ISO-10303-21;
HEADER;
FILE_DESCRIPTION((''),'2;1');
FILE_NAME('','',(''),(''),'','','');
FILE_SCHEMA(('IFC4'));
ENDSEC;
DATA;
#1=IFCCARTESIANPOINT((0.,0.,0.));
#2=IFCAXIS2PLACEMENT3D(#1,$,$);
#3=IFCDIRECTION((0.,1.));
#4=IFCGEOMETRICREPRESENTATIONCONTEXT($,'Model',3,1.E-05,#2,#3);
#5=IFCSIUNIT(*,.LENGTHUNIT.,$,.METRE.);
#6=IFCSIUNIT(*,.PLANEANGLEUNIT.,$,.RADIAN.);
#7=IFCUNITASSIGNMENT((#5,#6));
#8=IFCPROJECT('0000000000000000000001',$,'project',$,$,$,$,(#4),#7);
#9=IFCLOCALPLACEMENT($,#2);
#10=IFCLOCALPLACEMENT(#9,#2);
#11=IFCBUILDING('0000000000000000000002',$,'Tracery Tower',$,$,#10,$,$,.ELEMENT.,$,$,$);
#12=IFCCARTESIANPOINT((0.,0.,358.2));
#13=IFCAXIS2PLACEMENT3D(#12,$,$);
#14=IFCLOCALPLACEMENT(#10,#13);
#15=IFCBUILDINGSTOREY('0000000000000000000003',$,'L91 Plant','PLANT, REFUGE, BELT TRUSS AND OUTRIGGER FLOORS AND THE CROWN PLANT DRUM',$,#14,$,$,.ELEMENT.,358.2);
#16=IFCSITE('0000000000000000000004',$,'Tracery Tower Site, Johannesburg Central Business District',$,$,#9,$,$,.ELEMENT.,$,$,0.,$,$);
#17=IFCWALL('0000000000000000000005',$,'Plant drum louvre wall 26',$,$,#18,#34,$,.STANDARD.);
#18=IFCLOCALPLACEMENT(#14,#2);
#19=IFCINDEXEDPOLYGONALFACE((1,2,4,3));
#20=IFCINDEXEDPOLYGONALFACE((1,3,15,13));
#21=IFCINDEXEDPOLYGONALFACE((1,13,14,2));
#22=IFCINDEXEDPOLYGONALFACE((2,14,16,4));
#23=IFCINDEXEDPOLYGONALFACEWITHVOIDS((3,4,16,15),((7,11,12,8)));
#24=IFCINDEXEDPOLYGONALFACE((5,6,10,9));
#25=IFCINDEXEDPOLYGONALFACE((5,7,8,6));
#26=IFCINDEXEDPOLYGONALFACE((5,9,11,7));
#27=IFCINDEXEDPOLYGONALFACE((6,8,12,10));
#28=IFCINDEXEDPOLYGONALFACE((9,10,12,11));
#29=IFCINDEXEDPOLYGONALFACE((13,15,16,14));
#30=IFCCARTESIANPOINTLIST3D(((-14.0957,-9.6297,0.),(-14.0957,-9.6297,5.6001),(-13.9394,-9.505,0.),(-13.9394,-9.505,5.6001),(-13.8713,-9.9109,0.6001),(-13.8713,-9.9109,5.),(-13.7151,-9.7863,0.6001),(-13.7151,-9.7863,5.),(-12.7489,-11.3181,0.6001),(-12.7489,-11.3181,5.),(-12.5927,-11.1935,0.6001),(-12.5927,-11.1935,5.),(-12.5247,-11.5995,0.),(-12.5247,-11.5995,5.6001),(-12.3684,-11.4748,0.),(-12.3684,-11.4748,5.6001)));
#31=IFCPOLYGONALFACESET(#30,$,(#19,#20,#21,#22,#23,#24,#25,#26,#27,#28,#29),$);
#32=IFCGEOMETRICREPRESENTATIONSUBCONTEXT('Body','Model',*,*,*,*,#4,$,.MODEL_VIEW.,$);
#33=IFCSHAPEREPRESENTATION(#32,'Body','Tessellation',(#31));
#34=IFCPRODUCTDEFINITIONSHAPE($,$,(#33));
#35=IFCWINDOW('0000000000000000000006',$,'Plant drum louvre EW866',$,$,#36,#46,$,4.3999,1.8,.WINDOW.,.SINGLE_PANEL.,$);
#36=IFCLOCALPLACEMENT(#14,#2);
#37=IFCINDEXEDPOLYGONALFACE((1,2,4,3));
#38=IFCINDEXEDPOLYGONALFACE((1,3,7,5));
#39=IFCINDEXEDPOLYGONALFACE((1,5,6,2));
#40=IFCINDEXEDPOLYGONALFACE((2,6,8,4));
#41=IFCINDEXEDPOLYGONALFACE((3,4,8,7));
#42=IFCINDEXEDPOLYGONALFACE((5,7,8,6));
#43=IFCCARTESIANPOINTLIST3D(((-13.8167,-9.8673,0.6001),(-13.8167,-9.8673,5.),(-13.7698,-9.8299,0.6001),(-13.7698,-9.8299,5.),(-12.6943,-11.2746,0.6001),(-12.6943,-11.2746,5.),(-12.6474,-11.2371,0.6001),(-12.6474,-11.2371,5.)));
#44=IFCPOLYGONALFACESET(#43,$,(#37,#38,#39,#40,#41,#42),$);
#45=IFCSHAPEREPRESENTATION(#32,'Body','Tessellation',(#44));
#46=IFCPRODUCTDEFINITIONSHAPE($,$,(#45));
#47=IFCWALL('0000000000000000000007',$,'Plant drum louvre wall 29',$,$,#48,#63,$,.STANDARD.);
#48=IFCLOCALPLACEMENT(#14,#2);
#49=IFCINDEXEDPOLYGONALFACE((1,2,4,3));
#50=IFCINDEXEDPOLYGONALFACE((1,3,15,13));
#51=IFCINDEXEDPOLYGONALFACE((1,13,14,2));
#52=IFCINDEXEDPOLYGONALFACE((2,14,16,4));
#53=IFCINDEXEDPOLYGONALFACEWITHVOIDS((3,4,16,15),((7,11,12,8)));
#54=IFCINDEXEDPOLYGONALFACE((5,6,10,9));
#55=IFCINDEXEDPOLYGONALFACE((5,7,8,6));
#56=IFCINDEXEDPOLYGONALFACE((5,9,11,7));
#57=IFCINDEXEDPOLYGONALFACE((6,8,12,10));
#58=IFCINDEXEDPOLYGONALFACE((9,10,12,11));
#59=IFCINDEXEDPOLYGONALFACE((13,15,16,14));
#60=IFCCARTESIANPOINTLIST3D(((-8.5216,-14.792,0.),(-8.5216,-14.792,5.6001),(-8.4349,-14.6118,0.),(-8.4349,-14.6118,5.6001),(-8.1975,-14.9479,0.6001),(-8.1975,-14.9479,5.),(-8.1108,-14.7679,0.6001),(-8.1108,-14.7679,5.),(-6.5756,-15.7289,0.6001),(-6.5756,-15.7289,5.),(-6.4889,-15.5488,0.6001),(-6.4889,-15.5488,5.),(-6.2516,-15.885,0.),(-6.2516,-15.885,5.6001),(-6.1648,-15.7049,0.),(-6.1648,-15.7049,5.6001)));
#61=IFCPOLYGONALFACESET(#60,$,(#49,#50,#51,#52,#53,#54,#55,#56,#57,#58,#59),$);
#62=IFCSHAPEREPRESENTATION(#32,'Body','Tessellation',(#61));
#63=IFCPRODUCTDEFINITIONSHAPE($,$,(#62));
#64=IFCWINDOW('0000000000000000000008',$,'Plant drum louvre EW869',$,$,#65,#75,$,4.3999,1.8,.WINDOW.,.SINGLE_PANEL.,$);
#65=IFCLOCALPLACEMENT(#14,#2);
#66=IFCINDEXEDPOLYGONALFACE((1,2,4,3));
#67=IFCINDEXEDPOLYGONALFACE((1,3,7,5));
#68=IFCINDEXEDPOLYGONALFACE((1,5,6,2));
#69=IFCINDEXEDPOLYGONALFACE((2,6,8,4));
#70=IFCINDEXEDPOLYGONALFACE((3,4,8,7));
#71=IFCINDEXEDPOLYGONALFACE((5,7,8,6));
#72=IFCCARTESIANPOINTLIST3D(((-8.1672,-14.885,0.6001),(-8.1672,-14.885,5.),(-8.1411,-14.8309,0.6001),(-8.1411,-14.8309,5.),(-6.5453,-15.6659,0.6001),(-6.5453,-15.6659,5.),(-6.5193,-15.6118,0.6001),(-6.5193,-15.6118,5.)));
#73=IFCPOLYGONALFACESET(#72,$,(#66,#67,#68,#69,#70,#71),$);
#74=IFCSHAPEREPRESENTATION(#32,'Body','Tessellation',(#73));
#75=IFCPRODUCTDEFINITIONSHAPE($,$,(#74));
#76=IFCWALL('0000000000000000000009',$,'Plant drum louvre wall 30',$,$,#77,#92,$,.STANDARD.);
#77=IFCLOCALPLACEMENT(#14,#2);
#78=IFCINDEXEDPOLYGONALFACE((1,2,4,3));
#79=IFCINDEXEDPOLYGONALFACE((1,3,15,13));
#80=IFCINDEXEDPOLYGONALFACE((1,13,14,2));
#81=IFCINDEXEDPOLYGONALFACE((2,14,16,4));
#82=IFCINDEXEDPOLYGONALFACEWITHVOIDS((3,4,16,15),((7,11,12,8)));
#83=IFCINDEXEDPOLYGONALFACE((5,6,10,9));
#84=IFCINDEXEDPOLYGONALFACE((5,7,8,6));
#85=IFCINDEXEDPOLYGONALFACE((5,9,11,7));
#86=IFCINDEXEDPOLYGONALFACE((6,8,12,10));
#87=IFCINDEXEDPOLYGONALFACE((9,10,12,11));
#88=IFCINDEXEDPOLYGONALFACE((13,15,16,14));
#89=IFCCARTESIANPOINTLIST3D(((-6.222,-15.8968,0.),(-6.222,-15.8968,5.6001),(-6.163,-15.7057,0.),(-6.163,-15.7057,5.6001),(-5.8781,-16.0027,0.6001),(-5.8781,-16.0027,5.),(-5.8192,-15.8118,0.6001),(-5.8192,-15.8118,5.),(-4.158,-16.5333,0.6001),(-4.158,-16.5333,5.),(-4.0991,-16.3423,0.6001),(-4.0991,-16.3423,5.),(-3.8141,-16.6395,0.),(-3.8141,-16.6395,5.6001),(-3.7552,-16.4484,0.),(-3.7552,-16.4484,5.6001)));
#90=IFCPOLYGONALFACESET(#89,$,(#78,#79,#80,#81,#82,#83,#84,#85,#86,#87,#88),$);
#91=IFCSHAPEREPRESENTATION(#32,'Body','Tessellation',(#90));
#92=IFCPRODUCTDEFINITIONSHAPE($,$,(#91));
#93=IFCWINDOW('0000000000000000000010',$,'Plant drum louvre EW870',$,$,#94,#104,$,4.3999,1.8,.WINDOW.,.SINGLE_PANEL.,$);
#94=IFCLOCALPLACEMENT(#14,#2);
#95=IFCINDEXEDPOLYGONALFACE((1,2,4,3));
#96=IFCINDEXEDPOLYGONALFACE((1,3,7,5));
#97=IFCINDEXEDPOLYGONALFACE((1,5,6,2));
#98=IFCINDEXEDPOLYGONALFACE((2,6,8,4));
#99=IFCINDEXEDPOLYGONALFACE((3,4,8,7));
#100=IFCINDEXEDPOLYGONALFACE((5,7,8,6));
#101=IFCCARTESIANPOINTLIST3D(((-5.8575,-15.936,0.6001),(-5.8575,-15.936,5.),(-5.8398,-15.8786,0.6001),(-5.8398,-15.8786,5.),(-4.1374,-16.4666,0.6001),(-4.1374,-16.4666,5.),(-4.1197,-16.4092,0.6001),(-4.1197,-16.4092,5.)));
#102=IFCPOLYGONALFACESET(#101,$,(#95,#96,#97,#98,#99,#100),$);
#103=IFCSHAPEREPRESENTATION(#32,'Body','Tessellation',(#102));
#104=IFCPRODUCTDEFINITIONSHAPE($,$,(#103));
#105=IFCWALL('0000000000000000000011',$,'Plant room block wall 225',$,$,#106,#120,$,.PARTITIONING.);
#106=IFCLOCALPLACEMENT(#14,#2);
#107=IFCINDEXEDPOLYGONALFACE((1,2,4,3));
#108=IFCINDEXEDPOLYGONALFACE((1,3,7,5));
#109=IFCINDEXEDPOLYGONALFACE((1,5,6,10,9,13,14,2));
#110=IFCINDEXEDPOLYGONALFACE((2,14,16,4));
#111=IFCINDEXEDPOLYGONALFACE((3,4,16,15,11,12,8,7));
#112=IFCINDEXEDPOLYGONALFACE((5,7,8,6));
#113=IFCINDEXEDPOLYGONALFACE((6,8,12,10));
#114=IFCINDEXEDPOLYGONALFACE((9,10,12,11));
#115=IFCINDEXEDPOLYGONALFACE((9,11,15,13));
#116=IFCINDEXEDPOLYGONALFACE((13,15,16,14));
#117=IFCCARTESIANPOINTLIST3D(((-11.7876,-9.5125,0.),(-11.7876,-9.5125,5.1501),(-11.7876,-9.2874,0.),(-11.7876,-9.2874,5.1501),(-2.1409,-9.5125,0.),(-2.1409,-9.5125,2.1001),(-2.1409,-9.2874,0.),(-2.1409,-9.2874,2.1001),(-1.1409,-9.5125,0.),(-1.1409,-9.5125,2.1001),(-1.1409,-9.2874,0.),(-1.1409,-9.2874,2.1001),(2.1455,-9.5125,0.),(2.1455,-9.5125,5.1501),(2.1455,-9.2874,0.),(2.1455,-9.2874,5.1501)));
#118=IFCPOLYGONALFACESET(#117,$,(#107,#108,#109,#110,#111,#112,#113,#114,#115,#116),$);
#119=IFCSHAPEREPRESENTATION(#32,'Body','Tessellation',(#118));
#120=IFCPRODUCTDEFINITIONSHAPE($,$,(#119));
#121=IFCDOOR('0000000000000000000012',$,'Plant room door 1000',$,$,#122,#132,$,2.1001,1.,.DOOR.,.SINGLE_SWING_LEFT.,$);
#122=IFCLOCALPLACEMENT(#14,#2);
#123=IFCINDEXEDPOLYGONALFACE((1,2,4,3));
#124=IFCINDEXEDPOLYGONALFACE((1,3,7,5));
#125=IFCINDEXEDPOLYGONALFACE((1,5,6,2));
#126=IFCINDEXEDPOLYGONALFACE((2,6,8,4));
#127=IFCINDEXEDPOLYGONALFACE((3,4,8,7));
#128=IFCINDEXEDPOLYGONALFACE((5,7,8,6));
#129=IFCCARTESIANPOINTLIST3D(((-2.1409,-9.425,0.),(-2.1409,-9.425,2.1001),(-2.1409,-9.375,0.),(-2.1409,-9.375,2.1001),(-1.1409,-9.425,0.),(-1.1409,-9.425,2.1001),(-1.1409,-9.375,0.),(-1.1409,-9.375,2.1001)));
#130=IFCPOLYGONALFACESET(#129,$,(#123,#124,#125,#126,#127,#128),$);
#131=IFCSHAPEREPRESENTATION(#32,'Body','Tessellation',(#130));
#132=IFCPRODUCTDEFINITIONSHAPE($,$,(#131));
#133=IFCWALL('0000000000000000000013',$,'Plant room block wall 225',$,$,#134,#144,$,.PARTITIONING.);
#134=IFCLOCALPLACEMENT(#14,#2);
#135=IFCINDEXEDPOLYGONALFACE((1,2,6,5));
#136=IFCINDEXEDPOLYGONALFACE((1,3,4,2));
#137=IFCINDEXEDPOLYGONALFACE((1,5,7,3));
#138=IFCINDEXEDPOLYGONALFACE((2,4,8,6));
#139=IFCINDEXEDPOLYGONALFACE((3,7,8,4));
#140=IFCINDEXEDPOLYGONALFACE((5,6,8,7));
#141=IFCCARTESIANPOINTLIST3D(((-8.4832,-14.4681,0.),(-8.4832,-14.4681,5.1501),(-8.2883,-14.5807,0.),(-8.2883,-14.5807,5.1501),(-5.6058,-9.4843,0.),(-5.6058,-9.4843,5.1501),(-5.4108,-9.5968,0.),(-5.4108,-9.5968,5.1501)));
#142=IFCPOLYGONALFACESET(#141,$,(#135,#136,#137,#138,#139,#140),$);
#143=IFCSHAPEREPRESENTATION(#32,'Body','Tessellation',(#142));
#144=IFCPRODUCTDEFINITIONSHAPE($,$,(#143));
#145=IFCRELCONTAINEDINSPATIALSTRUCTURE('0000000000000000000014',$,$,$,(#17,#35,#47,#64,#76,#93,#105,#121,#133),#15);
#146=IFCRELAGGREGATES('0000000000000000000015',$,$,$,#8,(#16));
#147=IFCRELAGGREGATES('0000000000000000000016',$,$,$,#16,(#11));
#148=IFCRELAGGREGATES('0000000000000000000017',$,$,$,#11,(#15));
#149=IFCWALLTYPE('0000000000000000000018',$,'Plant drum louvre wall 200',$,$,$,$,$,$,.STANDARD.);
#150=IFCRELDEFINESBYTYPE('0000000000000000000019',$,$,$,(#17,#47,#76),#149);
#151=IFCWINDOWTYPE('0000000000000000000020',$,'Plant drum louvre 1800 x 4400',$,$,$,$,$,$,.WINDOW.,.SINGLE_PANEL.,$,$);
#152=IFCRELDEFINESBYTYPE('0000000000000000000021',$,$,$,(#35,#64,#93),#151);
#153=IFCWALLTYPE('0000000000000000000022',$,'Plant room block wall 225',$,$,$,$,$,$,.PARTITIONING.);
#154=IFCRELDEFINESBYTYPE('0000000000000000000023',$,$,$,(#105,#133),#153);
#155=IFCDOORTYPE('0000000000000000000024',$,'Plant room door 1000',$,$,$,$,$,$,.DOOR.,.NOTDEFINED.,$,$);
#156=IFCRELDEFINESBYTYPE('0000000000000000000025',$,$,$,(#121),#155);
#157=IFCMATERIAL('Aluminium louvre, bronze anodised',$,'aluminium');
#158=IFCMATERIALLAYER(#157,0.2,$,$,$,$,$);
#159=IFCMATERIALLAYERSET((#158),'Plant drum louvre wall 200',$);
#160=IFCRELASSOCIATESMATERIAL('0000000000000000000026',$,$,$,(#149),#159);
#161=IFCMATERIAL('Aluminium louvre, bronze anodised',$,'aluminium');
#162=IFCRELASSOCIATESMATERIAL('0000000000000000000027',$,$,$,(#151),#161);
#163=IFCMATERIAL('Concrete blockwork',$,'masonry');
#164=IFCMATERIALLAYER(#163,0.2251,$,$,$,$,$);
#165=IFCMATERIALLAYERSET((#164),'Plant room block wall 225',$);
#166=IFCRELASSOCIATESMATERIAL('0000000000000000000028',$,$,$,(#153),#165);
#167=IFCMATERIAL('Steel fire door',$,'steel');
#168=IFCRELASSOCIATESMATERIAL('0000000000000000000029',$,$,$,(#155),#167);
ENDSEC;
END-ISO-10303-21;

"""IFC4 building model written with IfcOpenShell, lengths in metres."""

from ifc_helpers import new_model, si_unit, direction, frame, frame_2d, origin, place, context, subcontext, project, spatial, rectangle, extrude, material, layer, layer_set, type_object, element, fill, save


model = new_model("IFC4")

# Units and contexts
model_context = context("Model", 3, precision=1e-05, world=origin(), true_north=direction((0.0, 1.0)))
body_context = subcontext(model_context, "Body", "Model", "MODEL_VIEW")
ifc_project = project(units=[si_unit("LENGTHUNIT", "METRE"), si_unit("PLANEANGLEUNIT", "RADIAN")], contexts=[model_context])

# Site, building, storey
site_placement = place(None, origin())
site = spatial("IfcSite", under=ifc_project, at=site_placement, Name="Tracery Tower Site, Johannesburg Central Business District", CompositionType="ELEMENT", RefElevation=0.0)
building_placement = place(site_placement, origin())
building = spatial("IfcBuilding", under=site, at=building_placement, Name="Tracery Tower", CompositionType="ELEMENT")
storey_placement = place(building_placement, frame((0.0, 0.0, 358.2)))
storey = spatial("IfcBuildingStorey", under=building, at=storey_placement, Name="L91 Plant", Description="PLANT, REFUGE, BELT TRUSS AND OUTRIGGER FLOORS AND THE CROWN PLANT DRUM", CompositionType="ELEMENT", Elevation=358.2)

# Walls, openings, windows
ifc_material_1 = material(Name="Aluminium louvre, bronze anodised", Category="aluminium")
ifc_layer_1 = layer(ifc_material_1, 0.2)
ifc_layer_set_1 = layer_set([ifc_layer_1], Name="Plant drum louvre wall 200")
wall_type_1 = type_object("IfcWallType", Name="Plant drum louvre wall 200", PredefinedType="STANDARD", material=ifc_layer_set_1)
ifc_material_2 = material(Name="Aluminium louvre, bronze anodised", Category="aluminium")
window_type = type_object("IfcWindowType", Name="Plant drum louvre 1800 x 4400", PartitioningType="SINGLE_PANEL", PredefinedType="WINDOW", material=ifc_material_2)
wall_1_placement = place(storey_placement, frame((-14.0176, -9.5674, 0.0), z_axis=(0.0, 0.0, 1.0), x_axis=(0.623548, -0.781785, 0.0)))
wall_1 = element("IfcWall", 1, at=wall_1_placement, inside=storey, type_object=wall_type_1, Name="Plant drum louvre wall 26", PredefinedType="STANDARD", context=body_context, shape_type="SweptSolid", body=[
    extrude(rectangle(XDim=2.5195, YDim=0.2, at=frame_2d((1.2598, 0.0))), origin(), (0.0, 0.0, 1.0), 5.6001),
])
opening_1_placement = place(wall_1_placement, frame((0.3599, 0.0, 0.6001)))
opening_1 = element("IfcOpeningElement", 2, at=opening_1_placement, cuts=wall_1, PredefinedType="OPENING", context=body_context, shape_type="SweptSolid", body=[
    extrude(rectangle(XDim=1.8, YDim=4.3999, at=frame_2d((0.8999, 2.2))), frame((0.0, 0.1001, 0.0), z_axis=(0.0, -1.0, 0.0), x_axis=(1.0, 0.0, 0.0)), (0.0, 0.0, 1.0), 0.2),
])
window_1_placement = place(opening_1_placement, origin())
window_1 = element("IfcWindow", 3, at=window_1_placement, inside=storey, type_object=window_type, Name="Plant drum louvre EW866", OverallHeight=4.3999, OverallWidth=1.8, PartitioningType="SINGLE_PANEL", PredefinedType="WINDOW", context=body_context, shape_type="SweptSolid", body=[
    extrude(rectangle(XDim=1.8, YDim=4.3999, at=frame_2d((0.8999, 2.2))), frame((0.0, 0.03, 0.0), z_axis=(0.0, -1.0, 0.0), x_axis=(1.0, 0.0, 0.0)), (0.0, 0.0, 1.0), 0.0601),
])
fill(opening_1, window_1)
wall_2_placement = place(storey_placement, frame((-8.4783, -14.7019, 0.0), z_axis=(0.0, 0.0, 1.0), x_axis=(0.900995, -0.43383, 0.0)))
wall_2 = element("IfcWall", 4, at=wall_2_placement, inside=storey, type_object=wall_type_1, Name="Plant drum louvre wall 29", PredefinedType="STANDARD", context=body_context, shape_type="SweptSolid", body=[
    extrude(rectangle(XDim=2.5195, YDim=0.2, at=frame_2d((1.2598, 0.0))), origin(), (0.0, 0.0, 1.0), 5.6001),
])
opening_2_placement = place(wall_2_placement, frame((0.3599, 0.0, 0.6001)))
opening_2 = element("IfcOpeningElement", 5, at=opening_2_placement, cuts=wall_2, PredefinedType="OPENING", context=body_context, shape_type="SweptSolid", body=[
    extrude(rectangle(XDim=1.8, YDim=4.3999, at=frame_2d((0.8999, 2.2))), frame((0.0, 0.1001, 0.0), z_axis=(0.0, -1.0, 0.0), x_axis=(1.0, 0.0, 0.0)), (0.0, 0.0, 1.0), 0.2),
])
window_2_placement = place(opening_2_placement, origin())
window_2 = element("IfcWindow", 6, at=window_2_placement, inside=storey, type_object=window_type, Name="Plant drum louvre EW869", OverallHeight=4.3999, OverallWidth=1.8, PartitioningType="SINGLE_PANEL", PredefinedType="WINDOW", context=body_context, shape_type="SweptSolid", body=[
    extrude(rectangle(XDim=1.8, YDim=4.3999, at=frame_2d((0.8999, 2.2))), frame((0.0, 0.03, 0.0), z_axis=(0.0, -1.0, 0.0), x_axis=(1.0, 0.0, 0.0)), (0.0, 0.0, 1.0), 0.0601),
])
fill(opening_2, window_2)
wall_3_placement = place(storey_placement, frame((-6.1924, -15.8013, 0.0), z_axis=(0.0, 0.0, 1.0), x_axis=(0.955573, -0.294753, 0.0)))
wall_3 = element("IfcWall", 7, at=wall_3_placement, inside=storey, type_object=wall_type_1, Name="Plant drum louvre wall 30", PredefinedType="STANDARD", context=body_context, shape_type="SweptSolid", body=[
    extrude(rectangle(XDim=2.5198, YDim=0.2, at=frame_2d((1.2598, 0.0))), origin(), (0.0, 0.0, 1.0), 5.6001),
])
opening_3_placement = place(wall_3_placement, frame((0.3599, 0.0, 0.6001)))
opening_3 = element("IfcOpeningElement", 8, at=opening_3_placement, cuts=wall_3, PredefinedType="OPENING", context=body_context, shape_type="SweptSolid", body=[
    extrude(rectangle(XDim=1.8, YDim=4.3999, at=frame_2d((0.8999, 2.2))), frame((0.0, 0.1001, 0.0), z_axis=(0.0, -1.0, 0.0), x_axis=(1.0, 0.0, 0.0)), (0.0, 0.0, 1.0), 0.2),
])
window_3_placement = place(opening_3_placement, origin())
window_3 = element("IfcWindow", 9, at=window_3_placement, inside=storey, type_object=window_type, Name="Plant drum louvre EW870", OverallHeight=4.3999, OverallWidth=1.8, PartitioningType="SINGLE_PANEL", PredefinedType="WINDOW", context=body_context, shape_type="SweptSolid", body=[
    extrude(rectangle(XDim=1.8, YDim=4.3999, at=frame_2d((0.8999, 2.2))), frame((0.0, 0.03, 0.0), z_axis=(0.0, -1.0, 0.0), x_axis=(1.0, 0.0, 0.0)), (0.0, 0.0, 1.0), 0.0601),
])
fill(opening_3, window_3)

# Wall, opening, door
ifc_material_3 = material(Name="Concrete blockwork", Category="masonry")
ifc_layer_2 = layer(ifc_material_3, 0.2251)
ifc_layer_set_2 = layer_set([ifc_layer_2], Name="Plant room block wall 225")
wall_type_2 = type_object("IfcWallType", Name="Plant room block wall 225", PredefinedType="PARTITIONING", material=ifc_layer_set_2)
wall_4_placement = place(storey_placement, frame((-11.7876, -9.3999, 0.0), z_axis=(0.0, 0.0, 1.0), x_axis=(1.0, 0.0, 0.0)))
wall_4 = element("IfcWall", 10, at=wall_4_placement, inside=storey, type_object=wall_type_2, Name="Plant room block wall 225", PredefinedType="PARTITIONING", context=body_context, shape_type="SweptSolid", body=[
    extrude(rectangle(XDim=13.9331, YDim=0.2251, at=frame_2d((6.9666, 0.0))), origin(), (0.0, 0.0, 1.0), 5.1501),
])
opening_4_placement = place(wall_4_placement, frame((9.6467, 0.0, 0.0)))
opening_4 = element("IfcOpeningElement", 11, at=opening_4_placement, cuts=wall_4, PredefinedType="OPENING", context=body_context, shape_type="SweptSolid", body=[
    extrude(rectangle(XDim=1.0, YDim=2.1001, at=frame_2d((0.5, 1.05))), frame((0.0, 0.1125, 0.0), z_axis=(0.0, -1.0, 0.0), x_axis=(1.0, 0.0, 0.0)), (0.0, 0.0, 1.0), 0.2251),
])
ifc_material_4 = material(Name="Steel fire door", Category="steel")
door_type = type_object("IfcDoorType", Name="Plant room door 1000", OperationType="NOTDEFINED", PredefinedType="DOOR", material=ifc_material_4)
door_placement = place(opening_4_placement, origin())
door = element("IfcDoor", 12, at=door_placement, inside=storey, type_object=door_type, Name="Plant room door 1000", OperationType="SINGLE_SWING_LEFT", OverallHeight=2.1001, OverallWidth=1.0, PredefinedType="DOOR", context=body_context, shape_type="SweptSolid", body=[
    extrude(rectangle(XDim=1.0, YDim=2.1001, at=frame_2d((0.5, 1.05))), frame((0.0, 0.0249, 0.0), z_axis=(0.0, -1.0, 0.0), x_axis=(1.0, 0.0, 0.0)), (0.0, 0.0, 1.0), 0.05),
])
fill(opening_4, door)

# Wall
wall_5_placement = place(storey_placement, frame((-8.3857, -14.5244, 0.0), z_axis=(0.0, 0.0, 1.0), x_axis=(0.499999, 0.866026, 0.0)))
element("IfcWall", 13, at=wall_5_placement, inside=storey, type_object=wall_type_2, Name="Plant room block wall 225", PredefinedType="PARTITIONING", context=body_context, shape_type="SweptSolid", body=[
    extrude(rectangle(XDim=5.7549, YDim=0.2251, at=frame_2d((2.8774, 0.0))), origin(), (0.0, 0.0, 1.0), 5.1501),
])

save(model, "model.ifc")
